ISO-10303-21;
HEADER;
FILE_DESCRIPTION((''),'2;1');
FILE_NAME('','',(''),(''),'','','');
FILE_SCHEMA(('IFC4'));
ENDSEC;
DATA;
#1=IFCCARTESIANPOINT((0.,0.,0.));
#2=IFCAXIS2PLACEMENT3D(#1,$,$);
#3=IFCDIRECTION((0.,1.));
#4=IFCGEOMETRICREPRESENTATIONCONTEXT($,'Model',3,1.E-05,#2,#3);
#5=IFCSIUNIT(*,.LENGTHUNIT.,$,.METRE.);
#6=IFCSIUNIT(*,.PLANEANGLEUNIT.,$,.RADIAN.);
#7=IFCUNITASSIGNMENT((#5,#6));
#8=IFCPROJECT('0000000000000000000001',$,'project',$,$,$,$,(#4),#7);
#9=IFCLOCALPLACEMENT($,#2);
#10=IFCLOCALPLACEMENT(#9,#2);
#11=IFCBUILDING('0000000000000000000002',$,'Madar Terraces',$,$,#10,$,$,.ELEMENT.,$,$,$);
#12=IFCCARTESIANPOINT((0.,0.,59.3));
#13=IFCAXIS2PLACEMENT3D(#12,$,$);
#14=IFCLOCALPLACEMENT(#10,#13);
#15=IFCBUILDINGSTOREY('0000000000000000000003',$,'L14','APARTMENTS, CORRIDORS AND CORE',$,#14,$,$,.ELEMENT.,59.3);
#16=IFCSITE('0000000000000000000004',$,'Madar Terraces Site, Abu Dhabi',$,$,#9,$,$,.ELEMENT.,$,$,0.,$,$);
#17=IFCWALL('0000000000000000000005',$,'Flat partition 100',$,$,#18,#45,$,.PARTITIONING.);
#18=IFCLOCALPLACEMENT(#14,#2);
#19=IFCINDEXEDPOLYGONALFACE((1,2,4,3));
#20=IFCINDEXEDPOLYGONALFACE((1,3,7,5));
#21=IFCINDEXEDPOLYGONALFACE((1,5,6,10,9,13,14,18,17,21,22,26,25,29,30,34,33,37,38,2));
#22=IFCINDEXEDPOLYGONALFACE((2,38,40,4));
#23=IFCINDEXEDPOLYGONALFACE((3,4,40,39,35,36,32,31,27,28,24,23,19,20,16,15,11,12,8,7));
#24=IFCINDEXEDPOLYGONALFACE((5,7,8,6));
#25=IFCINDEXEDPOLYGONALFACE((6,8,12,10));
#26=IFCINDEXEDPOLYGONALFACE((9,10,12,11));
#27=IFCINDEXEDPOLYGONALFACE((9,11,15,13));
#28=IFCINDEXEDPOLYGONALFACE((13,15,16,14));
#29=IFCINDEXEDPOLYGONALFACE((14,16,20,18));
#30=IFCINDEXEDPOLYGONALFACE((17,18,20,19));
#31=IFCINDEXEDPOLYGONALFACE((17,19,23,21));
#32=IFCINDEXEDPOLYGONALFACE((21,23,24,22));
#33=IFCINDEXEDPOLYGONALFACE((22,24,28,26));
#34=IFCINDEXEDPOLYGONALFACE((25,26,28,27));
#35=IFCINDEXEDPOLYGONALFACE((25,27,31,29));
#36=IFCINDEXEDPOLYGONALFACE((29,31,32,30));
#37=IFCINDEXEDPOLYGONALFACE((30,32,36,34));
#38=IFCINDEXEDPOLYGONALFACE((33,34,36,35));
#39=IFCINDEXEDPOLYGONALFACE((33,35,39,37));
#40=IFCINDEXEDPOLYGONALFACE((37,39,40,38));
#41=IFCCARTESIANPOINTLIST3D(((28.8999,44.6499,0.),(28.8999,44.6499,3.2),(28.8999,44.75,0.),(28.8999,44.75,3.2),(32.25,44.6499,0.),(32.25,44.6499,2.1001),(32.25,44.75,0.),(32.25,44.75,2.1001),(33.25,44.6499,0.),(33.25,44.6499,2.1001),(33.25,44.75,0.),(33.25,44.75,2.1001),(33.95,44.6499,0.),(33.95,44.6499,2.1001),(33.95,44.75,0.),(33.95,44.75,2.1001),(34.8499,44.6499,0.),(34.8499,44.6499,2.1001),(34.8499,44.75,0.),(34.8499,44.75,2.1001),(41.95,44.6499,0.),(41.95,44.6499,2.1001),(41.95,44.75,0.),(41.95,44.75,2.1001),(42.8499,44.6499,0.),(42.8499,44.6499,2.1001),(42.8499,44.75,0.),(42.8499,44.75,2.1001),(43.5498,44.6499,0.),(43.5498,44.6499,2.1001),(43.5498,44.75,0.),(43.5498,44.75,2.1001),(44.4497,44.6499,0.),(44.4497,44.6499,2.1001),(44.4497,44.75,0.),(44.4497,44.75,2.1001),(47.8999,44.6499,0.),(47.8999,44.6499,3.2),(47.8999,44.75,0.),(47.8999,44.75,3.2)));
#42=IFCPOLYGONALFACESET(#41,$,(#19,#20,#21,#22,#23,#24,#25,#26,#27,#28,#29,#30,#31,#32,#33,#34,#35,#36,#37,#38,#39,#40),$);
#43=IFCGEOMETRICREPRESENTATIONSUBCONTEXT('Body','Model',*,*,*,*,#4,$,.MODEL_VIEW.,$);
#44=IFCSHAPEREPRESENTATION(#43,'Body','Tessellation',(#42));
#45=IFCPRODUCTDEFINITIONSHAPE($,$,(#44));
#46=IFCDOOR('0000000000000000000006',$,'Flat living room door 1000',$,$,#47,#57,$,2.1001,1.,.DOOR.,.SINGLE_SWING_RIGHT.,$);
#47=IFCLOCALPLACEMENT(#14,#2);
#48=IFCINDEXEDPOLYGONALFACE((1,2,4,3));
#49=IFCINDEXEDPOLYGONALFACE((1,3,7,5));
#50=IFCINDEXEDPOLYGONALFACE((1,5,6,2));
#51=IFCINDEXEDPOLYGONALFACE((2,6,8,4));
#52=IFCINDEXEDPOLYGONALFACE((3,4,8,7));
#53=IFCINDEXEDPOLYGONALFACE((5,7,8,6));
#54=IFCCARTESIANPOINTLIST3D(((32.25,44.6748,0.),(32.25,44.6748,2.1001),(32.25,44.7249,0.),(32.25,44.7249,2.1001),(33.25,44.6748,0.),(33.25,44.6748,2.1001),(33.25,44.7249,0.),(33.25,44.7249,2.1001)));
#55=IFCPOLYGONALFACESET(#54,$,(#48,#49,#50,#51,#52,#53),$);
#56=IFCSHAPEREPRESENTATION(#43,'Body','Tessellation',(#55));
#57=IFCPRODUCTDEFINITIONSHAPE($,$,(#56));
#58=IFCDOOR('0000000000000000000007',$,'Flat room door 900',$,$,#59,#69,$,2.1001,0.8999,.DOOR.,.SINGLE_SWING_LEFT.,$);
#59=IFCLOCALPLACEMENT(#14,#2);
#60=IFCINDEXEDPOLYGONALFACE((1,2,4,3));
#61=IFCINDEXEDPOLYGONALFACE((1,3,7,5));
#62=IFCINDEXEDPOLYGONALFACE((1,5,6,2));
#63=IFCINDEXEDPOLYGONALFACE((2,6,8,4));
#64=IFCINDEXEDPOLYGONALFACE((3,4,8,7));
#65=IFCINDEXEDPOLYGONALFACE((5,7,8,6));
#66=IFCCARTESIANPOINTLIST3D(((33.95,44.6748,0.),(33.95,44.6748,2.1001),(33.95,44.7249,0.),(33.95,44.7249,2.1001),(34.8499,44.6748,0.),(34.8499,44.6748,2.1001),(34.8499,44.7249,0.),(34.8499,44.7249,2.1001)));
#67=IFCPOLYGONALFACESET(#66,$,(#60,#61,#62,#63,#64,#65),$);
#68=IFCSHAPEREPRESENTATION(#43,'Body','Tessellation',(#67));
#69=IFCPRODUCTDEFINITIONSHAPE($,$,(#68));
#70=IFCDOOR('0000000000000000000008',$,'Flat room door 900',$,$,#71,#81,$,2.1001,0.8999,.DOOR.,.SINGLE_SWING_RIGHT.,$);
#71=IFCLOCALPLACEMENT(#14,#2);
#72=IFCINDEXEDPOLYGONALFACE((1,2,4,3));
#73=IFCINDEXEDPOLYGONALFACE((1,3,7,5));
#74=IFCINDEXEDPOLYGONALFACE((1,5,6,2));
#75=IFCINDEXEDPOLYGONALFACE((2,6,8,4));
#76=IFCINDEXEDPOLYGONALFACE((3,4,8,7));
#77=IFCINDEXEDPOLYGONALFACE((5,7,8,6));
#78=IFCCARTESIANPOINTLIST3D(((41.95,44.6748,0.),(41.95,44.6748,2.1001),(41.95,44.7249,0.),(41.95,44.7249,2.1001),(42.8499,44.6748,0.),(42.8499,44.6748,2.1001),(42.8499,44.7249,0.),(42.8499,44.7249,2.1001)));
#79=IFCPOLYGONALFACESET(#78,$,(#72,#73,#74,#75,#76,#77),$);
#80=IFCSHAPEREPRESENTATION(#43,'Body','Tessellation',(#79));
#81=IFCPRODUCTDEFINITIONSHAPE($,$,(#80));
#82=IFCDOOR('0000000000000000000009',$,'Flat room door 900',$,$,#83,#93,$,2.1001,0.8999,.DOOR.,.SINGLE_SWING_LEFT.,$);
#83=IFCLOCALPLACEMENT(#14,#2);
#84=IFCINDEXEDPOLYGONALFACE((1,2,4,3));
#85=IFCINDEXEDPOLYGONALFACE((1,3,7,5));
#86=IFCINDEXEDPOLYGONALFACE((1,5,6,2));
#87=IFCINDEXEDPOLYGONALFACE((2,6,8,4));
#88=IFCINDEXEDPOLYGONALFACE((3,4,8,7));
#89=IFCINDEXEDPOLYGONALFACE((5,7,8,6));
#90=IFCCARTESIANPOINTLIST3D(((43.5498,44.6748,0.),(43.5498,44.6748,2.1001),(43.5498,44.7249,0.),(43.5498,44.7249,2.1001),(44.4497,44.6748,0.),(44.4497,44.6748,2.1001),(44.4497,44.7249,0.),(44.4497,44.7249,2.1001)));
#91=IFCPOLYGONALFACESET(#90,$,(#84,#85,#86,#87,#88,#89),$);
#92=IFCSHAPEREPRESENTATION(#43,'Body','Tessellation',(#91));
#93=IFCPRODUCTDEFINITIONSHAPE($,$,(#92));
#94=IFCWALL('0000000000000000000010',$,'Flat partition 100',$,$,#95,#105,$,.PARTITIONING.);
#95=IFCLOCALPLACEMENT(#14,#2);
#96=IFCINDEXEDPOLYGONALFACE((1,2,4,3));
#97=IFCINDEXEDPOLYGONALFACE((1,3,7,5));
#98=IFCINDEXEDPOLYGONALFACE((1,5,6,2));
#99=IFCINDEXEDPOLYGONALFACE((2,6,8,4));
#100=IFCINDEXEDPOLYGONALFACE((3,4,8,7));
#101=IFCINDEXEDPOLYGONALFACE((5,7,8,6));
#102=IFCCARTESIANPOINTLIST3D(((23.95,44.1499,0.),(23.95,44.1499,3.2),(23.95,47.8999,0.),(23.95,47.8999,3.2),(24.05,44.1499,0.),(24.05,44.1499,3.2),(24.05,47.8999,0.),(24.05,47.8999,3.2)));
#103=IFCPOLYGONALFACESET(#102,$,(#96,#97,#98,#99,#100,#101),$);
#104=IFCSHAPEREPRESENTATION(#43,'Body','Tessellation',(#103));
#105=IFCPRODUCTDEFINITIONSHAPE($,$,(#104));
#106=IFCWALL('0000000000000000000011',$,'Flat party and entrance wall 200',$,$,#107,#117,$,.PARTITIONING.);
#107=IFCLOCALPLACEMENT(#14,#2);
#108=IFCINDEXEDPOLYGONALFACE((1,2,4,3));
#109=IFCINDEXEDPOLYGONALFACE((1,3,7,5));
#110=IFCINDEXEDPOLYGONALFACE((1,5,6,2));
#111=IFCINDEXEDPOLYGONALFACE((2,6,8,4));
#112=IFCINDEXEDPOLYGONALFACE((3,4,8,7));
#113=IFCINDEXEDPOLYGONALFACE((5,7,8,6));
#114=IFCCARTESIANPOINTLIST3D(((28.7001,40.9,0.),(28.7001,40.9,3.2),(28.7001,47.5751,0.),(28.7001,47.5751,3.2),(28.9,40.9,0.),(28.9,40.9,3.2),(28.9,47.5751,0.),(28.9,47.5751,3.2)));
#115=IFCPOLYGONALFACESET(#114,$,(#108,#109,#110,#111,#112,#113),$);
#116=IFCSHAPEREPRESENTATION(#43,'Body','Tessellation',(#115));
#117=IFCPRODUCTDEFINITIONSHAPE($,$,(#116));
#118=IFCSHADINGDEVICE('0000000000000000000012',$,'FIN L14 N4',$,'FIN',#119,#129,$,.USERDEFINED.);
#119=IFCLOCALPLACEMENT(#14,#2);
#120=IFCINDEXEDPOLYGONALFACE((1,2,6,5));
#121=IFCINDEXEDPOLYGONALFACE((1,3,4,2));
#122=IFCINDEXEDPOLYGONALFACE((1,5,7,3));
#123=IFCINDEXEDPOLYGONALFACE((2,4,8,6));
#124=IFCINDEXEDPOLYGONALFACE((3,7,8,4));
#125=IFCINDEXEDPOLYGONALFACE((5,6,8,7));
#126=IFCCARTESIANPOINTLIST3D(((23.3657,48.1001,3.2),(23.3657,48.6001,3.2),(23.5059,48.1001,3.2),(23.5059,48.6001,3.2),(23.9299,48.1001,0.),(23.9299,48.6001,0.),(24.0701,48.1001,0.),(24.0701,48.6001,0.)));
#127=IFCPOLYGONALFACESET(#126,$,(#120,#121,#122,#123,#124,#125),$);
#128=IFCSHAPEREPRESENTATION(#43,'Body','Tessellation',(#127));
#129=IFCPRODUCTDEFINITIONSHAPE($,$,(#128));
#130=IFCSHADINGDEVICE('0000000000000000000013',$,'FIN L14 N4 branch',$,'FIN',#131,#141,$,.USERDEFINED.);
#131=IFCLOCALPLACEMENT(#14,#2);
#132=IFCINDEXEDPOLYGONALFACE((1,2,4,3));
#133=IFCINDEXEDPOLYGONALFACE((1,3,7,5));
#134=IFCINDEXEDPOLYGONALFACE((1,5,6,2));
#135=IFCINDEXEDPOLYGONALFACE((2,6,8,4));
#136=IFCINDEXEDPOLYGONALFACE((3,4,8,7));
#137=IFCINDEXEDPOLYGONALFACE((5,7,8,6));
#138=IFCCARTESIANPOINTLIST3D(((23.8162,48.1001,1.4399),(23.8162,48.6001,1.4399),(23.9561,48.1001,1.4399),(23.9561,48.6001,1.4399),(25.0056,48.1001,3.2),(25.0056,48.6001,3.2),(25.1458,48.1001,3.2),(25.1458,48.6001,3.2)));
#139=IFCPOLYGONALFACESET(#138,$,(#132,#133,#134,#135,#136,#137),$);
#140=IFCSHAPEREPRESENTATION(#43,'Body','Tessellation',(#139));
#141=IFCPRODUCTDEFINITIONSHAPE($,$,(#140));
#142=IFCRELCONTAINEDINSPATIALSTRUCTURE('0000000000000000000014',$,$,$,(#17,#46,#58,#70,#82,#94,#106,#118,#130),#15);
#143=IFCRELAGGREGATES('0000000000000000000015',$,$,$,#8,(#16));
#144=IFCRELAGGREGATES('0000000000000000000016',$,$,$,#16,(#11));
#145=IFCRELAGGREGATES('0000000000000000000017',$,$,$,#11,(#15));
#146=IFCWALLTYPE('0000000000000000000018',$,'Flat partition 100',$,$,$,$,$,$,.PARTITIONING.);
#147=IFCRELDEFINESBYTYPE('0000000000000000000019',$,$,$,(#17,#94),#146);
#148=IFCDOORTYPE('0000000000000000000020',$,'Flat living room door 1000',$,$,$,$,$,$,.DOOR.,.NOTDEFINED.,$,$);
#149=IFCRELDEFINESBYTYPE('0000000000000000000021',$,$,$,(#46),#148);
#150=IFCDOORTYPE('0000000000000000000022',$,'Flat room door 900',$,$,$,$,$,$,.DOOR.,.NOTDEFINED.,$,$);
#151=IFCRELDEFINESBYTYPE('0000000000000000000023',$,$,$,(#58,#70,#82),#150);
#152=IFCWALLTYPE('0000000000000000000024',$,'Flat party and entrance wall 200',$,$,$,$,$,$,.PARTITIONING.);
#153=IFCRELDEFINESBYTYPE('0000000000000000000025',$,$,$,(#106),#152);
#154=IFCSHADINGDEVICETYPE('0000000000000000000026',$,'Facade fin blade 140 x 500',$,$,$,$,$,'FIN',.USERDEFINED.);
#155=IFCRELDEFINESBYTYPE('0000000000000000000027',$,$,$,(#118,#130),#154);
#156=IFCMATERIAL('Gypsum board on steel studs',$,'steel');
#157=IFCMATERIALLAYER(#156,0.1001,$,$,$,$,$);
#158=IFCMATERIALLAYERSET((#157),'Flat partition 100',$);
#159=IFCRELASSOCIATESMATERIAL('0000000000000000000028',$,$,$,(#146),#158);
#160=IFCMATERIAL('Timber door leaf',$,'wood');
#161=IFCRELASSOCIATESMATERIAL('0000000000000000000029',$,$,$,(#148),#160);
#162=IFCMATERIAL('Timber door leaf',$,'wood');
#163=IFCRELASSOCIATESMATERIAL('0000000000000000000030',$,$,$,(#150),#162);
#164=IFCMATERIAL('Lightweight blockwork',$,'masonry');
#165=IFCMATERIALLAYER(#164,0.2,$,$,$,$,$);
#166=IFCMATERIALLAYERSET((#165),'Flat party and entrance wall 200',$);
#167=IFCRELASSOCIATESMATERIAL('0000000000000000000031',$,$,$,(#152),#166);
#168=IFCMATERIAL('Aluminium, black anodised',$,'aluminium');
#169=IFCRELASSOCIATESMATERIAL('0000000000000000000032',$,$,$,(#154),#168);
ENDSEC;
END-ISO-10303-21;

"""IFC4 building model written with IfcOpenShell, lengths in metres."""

from ifc_helpers import new_model, si_unit, direction, frame, frame_2d, origin, place, context, subcontext, project, spatial, polyline, rectangle, outline, extrude, material, layer, layer_set, type_object, element, fill, save


model = new_model("IFC4")

# Units and contexts
model_context = context("Model", 3, precision=1e-05, world=origin(), true_north=direction((0.0, 1.0)))
body_context = subcontext(model_context, "Body", "Model", "MODEL_VIEW")
ifc_project = project(units=[si_unit("LENGTHUNIT", "METRE"), si_unit("PLANEANGLEUNIT", "RADIAN")], contexts=[model_context])

# Site, building, storey
site_placement = place(None, origin())
site = spatial("IfcSite", under=ifc_project, at=site_placement, Name="Madar Terraces Site, Abu Dhabi", CompositionType="ELEMENT", RefElevation=0.0)
building_placement = place(site_placement, origin())
building = spatial("IfcBuilding", under=site, at=building_placement, Name="Madar Terraces", CompositionType="ELEMENT")
storey_placement = place(building_placement, frame((0.0, 0.0, 59.3)))
storey = spatial("IfcBuildingStorey", under=building, at=storey_placement, Name="L14", Description="APARTMENTS, CORRIDORS AND CORE", CompositionType="ELEMENT", Elevation=59.3)

# Wall, openings, doors
ifc_material_1 = material(Name="Gypsum board on steel studs", Category="steel")
ifc_layer_1 = layer(ifc_material_1, 0.1001)
ifc_layer_set_1 = layer_set([ifc_layer_1], Name="Flat partition 100")
wall_type_1 = type_object("IfcWallType", Name="Flat partition 100", PredefinedType="PARTITIONING", material=ifc_layer_set_1)
wall_1_placement = place(storey_placement, frame((28.8999, 44.7, 0.0), z_axis=(0.0, 0.0, 1.0), x_axis=(1.0, 0.0, 0.0)))
wall_1 = element("IfcWall", 1, at=wall_1_placement, inside=storey, type_object=wall_type_1, Name="Flat partition 100", PredefinedType="PARTITIONING", context=body_context, shape_type="SweptSolid", body=[
    extrude(rectangle(XDim=19.0, YDim=0.1001, at=frame_2d((9.5, 0.0))), origin(), (0.0, 0.0, 1.0), 3.2),
])
opening_1_placement = place(wall_1_placement, frame((3.3501, 0.0, 0.0)))
opening_1 = element("IfcOpeningElement", 2, at=opening_1_placement, cuts=wall_1, PredefinedType="OPENING", context=body_context, shape_type="SweptSolid", body=[
    extrude(rectangle(XDim=1.0, YDim=2.1001, at=frame_2d((0.5, 1.05))), frame((0.0, 0.0601, 0.0), z_axis=(0.0, -1.0, 0.0), x_axis=(1.0, 0.0, 0.0)), (0.0, 0.0, 1.0), 0.1201),
])
opening_2_placement = place(wall_1_placement, frame((5.05, 0.0, 0.0)))
opening_2 = element("IfcOpeningElement", 3, at=opening_2_placement, cuts=wall_1, PredefinedType="OPENING", context=body_context, shape_type="SweptSolid", body=[
    extrude(rectangle(XDim=0.8999, YDim=2.1001, at=frame_2d((0.45, 1.05))), frame((0.0, 0.0601, 0.0), z_axis=(0.0, -1.0, 0.0), x_axis=(1.0, 0.0, 0.0)), (0.0, 0.0, 1.0), 0.1201),
])
opening_3_placement = place(wall_1_placement, frame((13.05, 0.0, 0.0)))
opening_3 = element("IfcOpeningElement", 4, at=opening_3_placement, cuts=wall_1, PredefinedType="OPENING", context=body_context, shape_type="SweptSolid", body=[
    extrude(rectangle(XDim=0.8999, YDim=2.1001, at=frame_2d((0.45, 1.05))), frame((0.0, 0.0601, 0.0), z_axis=(0.0, -1.0, 0.0), x_axis=(1.0, 0.0, 0.0)), (0.0, 0.0, 1.0), 0.1201),
])
opening_4_placement = place(wall_1_placement, frame((14.6499, 0.0, 0.0)))
opening_4 = element("IfcOpeningElement", 5, at=opening_4_placement, cuts=wall_1, PredefinedType="OPENING", context=body_context, shape_type="SweptSolid", body=[
    extrude(rectangle(XDim=0.8999, YDim=2.1001, at=frame_2d((0.45, 1.05))), frame((0.0, 0.0601, 0.0), z_axis=(0.0, -1.0, 0.0), x_axis=(1.0, 0.0, 0.0)), (0.0, 0.0, 1.0), 0.1201),
])
ifc_material_2 = material(Name="Timber door leaf", Category="wood")
door_type_1 = type_object("IfcDoorType", Name="Flat living room door 1000", OperationType="NOTDEFINED", PredefinedType="DOOR", material=ifc_material_2)
door_1_placement = place(opening_1_placement, origin())
door_1 = element("IfcDoor", 6, at=door_1_placement, inside=storey, type_object=door_type_1, Name="Flat living room door 1000", OperationType="SINGLE_SWING_RIGHT", OverallHeight=2.1001, OverallWidth=1.0, PredefinedType="DOOR", context=body_context, shape_type="SweptSolid", body=[
    extrude(rectangle(XDim=1.0, YDim=2.1001, at=frame_2d((0.5, 1.05))), frame((0.0, 0.0249, 0.0), z_axis=(0.0, -1.0, 0.0), x_axis=(1.0, 0.0, 0.0)), (0.0, 0.0, 1.0), 0.05),
])
fill(opening_1, door_1)
ifc_material_3 = material(Name="Timber door leaf", Category="wood")
door_type_2 = type_object("IfcDoorType", Name="Flat room door 900", OperationType="NOTDEFINED", PredefinedType="DOOR", material=ifc_material_3)
door_2_placement = place(opening_2_placement, origin())
door_2 = element("IfcDoor", 7, at=door_2_placement, inside=storey, type_object=door_type_2, Name="Flat room door 900", OperationType="SINGLE_SWING_LEFT", OverallHeight=2.1001, OverallWidth=0.8999, PredefinedType="DOOR", context=body_context, shape_type="SweptSolid", body=[
    extrude(rectangle(XDim=0.8999, YDim=2.1001, at=frame_2d((0.45, 1.05))), frame((0.0, 0.0249, 0.0), z_axis=(0.0, -1.0, 0.0), x_axis=(1.0, 0.0, 0.0)), (0.0, 0.0, 1.0), 0.05),
])
fill(opening_2, door_2)
door_3_placement = place(opening_3_placement, origin())
door_3 = element("IfcDoor", 8, at=door_3_placement, inside=storey, type_object=door_type_2, Name="Flat room door 900", OperationType="SINGLE_SWING_RIGHT", OverallHeight=2.1001, OverallWidth=0.8999, PredefinedType="DOOR", context=body_context, shape_type="SweptSolid", body=[
    extrude(rectangle(XDim=0.8999, YDim=2.1001, at=frame_2d((0.45, 1.05))), frame((0.0, 0.0249, 0.0), z_axis=(0.0, -1.0, 0.0), x_axis=(1.0, 0.0, 0.0)), (0.0, 0.0, 1.0), 0.05),
])
fill(opening_3, door_3)
door_4_placement = place(opening_4_placement, origin())
door_4 = element("IfcDoor", 9, at=door_4_placement, inside=storey, type_object=door_type_2, Name="Flat room door 900", OperationType="SINGLE_SWING_LEFT", OverallHeight=2.1001, OverallWidth=0.8999, PredefinedType="DOOR", context=body_context, shape_type="SweptSolid", body=[
    extrude(rectangle(XDim=0.8999, YDim=2.1001, at=frame_2d((0.45, 1.05))), frame((0.0, 0.0249, 0.0), z_axis=(0.0, -1.0, 0.0), x_axis=(1.0, 0.0, 0.0)), (0.0, 0.0, 1.0), 0.05),
])
fill(opening_4, door_4)

# Walls
wall_2_placement = place(storey_placement, frame((24.0, 44.1499, 0.0), z_axis=(0.0, 0.0, 1.0), x_axis=(0.0, 1.0, 0.0)))
element("IfcWall", 10, at=wall_2_placement, inside=storey, type_object=wall_type_1, Name="Flat partition 100", PredefinedType="PARTITIONING", context=body_context, shape_type="SweptSolid", body=[
    extrude(rectangle(XDim=3.75, YDim=0.1001, at=frame_2d((1.875, 0.0))), origin(), (0.0, 0.0, 1.0), 3.2),
])
ifc_material_4 = material(Name="Lightweight blockwork", Category="masonry")
ifc_layer_2 = layer(ifc_material_4, 0.2)
ifc_layer_set_2 = layer_set([ifc_layer_2], Name="Flat party and entrance wall 200")
wall_type_2 = type_object("IfcWallType", Name="Flat party and entrance wall 200", PredefinedType="PARTITIONING", material=ifc_layer_set_2)
wall_3_placement = place(storey_placement, frame((28.8, 47.575, 0.0), z_axis=(0.0, 0.0, 1.0), x_axis=(0.0, -1.0, 0.0)))
element("IfcWall", 11, at=wall_3_placement, inside=storey, type_object=wall_type_2, Name="Flat party and entrance wall 200", PredefinedType="PARTITIONING", context=body_context, shape_type="SweptSolid", body=[
    extrude(rectangle(XDim=6.675, YDim=0.2, at=frame_2d((3.3374, 0.0))), origin(), (0.0, 0.0, 1.0), 3.2),
])

# Shading devices
ifc_material_5 = material(Name="Aluminium, black anodised", Category="aluminium")
shading_device_type = type_object("IfcShadingDeviceType", Name="Facade fin blade 140 x 500", ElementType="FIN", PredefinedType="USERDEFINED", material=ifc_material_5)
shading_device_1_placement = place(storey_placement, frame((24.0701, 48.3501, 0.0), z_axis=(0.0, 0.0, 1.0), x_axis=(-1.0, 0.0, 0.0)))
element("IfcShadingDevice", 12, at=shading_device_1_placement, inside=storey, type_object=shading_device_type, Name="FIN L14 N4", ObjectType="FIN", PredefinedType="USERDEFINED", context=body_context, shape_type="SweptSolid", body=[
    extrude(outline(polyline([(0.0, 0.0), (0.1401, 0.0), (0.7043, 3.2), (0.5642, 3.2), (0.0, 0.0)])), frame((0.0, 0.25, 0.0), z_axis=(0.0, -1.0, 0.0), x_axis=(1.0, 0.0, 0.0)), (0.0, 0.0, 1.0), 0.5),
])
shading_device_2_placement = place(storey_placement, frame((23.9561, 48.3501, 1.4399), z_axis=(0.0, 0.0, 1.0), x_axis=(-1.0, 0.0, 0.0)))
element("IfcShadingDevice", 13, at=shading_device_2_placement, inside=storey, type_object=shading_device_type, Name="FIN L14 N4 branch", ObjectType="FIN", PredefinedType="USERDEFINED", context=body_context, shape_type="SweptSolid", body=[
    extrude(outline(polyline([(0.0, 0.0), (0.1399, 0.0), (-1.0496, 1.76), (-1.1897, 1.76), (0.0, 0.0)])), frame((0.0, 0.25, 0.0), z_axis=(0.0, -1.0, 0.0), x_axis=(1.0, 0.0, 0.0)), (0.0, 0.0, 1.0), 0.5),
])

save(model, "model.ifc")
